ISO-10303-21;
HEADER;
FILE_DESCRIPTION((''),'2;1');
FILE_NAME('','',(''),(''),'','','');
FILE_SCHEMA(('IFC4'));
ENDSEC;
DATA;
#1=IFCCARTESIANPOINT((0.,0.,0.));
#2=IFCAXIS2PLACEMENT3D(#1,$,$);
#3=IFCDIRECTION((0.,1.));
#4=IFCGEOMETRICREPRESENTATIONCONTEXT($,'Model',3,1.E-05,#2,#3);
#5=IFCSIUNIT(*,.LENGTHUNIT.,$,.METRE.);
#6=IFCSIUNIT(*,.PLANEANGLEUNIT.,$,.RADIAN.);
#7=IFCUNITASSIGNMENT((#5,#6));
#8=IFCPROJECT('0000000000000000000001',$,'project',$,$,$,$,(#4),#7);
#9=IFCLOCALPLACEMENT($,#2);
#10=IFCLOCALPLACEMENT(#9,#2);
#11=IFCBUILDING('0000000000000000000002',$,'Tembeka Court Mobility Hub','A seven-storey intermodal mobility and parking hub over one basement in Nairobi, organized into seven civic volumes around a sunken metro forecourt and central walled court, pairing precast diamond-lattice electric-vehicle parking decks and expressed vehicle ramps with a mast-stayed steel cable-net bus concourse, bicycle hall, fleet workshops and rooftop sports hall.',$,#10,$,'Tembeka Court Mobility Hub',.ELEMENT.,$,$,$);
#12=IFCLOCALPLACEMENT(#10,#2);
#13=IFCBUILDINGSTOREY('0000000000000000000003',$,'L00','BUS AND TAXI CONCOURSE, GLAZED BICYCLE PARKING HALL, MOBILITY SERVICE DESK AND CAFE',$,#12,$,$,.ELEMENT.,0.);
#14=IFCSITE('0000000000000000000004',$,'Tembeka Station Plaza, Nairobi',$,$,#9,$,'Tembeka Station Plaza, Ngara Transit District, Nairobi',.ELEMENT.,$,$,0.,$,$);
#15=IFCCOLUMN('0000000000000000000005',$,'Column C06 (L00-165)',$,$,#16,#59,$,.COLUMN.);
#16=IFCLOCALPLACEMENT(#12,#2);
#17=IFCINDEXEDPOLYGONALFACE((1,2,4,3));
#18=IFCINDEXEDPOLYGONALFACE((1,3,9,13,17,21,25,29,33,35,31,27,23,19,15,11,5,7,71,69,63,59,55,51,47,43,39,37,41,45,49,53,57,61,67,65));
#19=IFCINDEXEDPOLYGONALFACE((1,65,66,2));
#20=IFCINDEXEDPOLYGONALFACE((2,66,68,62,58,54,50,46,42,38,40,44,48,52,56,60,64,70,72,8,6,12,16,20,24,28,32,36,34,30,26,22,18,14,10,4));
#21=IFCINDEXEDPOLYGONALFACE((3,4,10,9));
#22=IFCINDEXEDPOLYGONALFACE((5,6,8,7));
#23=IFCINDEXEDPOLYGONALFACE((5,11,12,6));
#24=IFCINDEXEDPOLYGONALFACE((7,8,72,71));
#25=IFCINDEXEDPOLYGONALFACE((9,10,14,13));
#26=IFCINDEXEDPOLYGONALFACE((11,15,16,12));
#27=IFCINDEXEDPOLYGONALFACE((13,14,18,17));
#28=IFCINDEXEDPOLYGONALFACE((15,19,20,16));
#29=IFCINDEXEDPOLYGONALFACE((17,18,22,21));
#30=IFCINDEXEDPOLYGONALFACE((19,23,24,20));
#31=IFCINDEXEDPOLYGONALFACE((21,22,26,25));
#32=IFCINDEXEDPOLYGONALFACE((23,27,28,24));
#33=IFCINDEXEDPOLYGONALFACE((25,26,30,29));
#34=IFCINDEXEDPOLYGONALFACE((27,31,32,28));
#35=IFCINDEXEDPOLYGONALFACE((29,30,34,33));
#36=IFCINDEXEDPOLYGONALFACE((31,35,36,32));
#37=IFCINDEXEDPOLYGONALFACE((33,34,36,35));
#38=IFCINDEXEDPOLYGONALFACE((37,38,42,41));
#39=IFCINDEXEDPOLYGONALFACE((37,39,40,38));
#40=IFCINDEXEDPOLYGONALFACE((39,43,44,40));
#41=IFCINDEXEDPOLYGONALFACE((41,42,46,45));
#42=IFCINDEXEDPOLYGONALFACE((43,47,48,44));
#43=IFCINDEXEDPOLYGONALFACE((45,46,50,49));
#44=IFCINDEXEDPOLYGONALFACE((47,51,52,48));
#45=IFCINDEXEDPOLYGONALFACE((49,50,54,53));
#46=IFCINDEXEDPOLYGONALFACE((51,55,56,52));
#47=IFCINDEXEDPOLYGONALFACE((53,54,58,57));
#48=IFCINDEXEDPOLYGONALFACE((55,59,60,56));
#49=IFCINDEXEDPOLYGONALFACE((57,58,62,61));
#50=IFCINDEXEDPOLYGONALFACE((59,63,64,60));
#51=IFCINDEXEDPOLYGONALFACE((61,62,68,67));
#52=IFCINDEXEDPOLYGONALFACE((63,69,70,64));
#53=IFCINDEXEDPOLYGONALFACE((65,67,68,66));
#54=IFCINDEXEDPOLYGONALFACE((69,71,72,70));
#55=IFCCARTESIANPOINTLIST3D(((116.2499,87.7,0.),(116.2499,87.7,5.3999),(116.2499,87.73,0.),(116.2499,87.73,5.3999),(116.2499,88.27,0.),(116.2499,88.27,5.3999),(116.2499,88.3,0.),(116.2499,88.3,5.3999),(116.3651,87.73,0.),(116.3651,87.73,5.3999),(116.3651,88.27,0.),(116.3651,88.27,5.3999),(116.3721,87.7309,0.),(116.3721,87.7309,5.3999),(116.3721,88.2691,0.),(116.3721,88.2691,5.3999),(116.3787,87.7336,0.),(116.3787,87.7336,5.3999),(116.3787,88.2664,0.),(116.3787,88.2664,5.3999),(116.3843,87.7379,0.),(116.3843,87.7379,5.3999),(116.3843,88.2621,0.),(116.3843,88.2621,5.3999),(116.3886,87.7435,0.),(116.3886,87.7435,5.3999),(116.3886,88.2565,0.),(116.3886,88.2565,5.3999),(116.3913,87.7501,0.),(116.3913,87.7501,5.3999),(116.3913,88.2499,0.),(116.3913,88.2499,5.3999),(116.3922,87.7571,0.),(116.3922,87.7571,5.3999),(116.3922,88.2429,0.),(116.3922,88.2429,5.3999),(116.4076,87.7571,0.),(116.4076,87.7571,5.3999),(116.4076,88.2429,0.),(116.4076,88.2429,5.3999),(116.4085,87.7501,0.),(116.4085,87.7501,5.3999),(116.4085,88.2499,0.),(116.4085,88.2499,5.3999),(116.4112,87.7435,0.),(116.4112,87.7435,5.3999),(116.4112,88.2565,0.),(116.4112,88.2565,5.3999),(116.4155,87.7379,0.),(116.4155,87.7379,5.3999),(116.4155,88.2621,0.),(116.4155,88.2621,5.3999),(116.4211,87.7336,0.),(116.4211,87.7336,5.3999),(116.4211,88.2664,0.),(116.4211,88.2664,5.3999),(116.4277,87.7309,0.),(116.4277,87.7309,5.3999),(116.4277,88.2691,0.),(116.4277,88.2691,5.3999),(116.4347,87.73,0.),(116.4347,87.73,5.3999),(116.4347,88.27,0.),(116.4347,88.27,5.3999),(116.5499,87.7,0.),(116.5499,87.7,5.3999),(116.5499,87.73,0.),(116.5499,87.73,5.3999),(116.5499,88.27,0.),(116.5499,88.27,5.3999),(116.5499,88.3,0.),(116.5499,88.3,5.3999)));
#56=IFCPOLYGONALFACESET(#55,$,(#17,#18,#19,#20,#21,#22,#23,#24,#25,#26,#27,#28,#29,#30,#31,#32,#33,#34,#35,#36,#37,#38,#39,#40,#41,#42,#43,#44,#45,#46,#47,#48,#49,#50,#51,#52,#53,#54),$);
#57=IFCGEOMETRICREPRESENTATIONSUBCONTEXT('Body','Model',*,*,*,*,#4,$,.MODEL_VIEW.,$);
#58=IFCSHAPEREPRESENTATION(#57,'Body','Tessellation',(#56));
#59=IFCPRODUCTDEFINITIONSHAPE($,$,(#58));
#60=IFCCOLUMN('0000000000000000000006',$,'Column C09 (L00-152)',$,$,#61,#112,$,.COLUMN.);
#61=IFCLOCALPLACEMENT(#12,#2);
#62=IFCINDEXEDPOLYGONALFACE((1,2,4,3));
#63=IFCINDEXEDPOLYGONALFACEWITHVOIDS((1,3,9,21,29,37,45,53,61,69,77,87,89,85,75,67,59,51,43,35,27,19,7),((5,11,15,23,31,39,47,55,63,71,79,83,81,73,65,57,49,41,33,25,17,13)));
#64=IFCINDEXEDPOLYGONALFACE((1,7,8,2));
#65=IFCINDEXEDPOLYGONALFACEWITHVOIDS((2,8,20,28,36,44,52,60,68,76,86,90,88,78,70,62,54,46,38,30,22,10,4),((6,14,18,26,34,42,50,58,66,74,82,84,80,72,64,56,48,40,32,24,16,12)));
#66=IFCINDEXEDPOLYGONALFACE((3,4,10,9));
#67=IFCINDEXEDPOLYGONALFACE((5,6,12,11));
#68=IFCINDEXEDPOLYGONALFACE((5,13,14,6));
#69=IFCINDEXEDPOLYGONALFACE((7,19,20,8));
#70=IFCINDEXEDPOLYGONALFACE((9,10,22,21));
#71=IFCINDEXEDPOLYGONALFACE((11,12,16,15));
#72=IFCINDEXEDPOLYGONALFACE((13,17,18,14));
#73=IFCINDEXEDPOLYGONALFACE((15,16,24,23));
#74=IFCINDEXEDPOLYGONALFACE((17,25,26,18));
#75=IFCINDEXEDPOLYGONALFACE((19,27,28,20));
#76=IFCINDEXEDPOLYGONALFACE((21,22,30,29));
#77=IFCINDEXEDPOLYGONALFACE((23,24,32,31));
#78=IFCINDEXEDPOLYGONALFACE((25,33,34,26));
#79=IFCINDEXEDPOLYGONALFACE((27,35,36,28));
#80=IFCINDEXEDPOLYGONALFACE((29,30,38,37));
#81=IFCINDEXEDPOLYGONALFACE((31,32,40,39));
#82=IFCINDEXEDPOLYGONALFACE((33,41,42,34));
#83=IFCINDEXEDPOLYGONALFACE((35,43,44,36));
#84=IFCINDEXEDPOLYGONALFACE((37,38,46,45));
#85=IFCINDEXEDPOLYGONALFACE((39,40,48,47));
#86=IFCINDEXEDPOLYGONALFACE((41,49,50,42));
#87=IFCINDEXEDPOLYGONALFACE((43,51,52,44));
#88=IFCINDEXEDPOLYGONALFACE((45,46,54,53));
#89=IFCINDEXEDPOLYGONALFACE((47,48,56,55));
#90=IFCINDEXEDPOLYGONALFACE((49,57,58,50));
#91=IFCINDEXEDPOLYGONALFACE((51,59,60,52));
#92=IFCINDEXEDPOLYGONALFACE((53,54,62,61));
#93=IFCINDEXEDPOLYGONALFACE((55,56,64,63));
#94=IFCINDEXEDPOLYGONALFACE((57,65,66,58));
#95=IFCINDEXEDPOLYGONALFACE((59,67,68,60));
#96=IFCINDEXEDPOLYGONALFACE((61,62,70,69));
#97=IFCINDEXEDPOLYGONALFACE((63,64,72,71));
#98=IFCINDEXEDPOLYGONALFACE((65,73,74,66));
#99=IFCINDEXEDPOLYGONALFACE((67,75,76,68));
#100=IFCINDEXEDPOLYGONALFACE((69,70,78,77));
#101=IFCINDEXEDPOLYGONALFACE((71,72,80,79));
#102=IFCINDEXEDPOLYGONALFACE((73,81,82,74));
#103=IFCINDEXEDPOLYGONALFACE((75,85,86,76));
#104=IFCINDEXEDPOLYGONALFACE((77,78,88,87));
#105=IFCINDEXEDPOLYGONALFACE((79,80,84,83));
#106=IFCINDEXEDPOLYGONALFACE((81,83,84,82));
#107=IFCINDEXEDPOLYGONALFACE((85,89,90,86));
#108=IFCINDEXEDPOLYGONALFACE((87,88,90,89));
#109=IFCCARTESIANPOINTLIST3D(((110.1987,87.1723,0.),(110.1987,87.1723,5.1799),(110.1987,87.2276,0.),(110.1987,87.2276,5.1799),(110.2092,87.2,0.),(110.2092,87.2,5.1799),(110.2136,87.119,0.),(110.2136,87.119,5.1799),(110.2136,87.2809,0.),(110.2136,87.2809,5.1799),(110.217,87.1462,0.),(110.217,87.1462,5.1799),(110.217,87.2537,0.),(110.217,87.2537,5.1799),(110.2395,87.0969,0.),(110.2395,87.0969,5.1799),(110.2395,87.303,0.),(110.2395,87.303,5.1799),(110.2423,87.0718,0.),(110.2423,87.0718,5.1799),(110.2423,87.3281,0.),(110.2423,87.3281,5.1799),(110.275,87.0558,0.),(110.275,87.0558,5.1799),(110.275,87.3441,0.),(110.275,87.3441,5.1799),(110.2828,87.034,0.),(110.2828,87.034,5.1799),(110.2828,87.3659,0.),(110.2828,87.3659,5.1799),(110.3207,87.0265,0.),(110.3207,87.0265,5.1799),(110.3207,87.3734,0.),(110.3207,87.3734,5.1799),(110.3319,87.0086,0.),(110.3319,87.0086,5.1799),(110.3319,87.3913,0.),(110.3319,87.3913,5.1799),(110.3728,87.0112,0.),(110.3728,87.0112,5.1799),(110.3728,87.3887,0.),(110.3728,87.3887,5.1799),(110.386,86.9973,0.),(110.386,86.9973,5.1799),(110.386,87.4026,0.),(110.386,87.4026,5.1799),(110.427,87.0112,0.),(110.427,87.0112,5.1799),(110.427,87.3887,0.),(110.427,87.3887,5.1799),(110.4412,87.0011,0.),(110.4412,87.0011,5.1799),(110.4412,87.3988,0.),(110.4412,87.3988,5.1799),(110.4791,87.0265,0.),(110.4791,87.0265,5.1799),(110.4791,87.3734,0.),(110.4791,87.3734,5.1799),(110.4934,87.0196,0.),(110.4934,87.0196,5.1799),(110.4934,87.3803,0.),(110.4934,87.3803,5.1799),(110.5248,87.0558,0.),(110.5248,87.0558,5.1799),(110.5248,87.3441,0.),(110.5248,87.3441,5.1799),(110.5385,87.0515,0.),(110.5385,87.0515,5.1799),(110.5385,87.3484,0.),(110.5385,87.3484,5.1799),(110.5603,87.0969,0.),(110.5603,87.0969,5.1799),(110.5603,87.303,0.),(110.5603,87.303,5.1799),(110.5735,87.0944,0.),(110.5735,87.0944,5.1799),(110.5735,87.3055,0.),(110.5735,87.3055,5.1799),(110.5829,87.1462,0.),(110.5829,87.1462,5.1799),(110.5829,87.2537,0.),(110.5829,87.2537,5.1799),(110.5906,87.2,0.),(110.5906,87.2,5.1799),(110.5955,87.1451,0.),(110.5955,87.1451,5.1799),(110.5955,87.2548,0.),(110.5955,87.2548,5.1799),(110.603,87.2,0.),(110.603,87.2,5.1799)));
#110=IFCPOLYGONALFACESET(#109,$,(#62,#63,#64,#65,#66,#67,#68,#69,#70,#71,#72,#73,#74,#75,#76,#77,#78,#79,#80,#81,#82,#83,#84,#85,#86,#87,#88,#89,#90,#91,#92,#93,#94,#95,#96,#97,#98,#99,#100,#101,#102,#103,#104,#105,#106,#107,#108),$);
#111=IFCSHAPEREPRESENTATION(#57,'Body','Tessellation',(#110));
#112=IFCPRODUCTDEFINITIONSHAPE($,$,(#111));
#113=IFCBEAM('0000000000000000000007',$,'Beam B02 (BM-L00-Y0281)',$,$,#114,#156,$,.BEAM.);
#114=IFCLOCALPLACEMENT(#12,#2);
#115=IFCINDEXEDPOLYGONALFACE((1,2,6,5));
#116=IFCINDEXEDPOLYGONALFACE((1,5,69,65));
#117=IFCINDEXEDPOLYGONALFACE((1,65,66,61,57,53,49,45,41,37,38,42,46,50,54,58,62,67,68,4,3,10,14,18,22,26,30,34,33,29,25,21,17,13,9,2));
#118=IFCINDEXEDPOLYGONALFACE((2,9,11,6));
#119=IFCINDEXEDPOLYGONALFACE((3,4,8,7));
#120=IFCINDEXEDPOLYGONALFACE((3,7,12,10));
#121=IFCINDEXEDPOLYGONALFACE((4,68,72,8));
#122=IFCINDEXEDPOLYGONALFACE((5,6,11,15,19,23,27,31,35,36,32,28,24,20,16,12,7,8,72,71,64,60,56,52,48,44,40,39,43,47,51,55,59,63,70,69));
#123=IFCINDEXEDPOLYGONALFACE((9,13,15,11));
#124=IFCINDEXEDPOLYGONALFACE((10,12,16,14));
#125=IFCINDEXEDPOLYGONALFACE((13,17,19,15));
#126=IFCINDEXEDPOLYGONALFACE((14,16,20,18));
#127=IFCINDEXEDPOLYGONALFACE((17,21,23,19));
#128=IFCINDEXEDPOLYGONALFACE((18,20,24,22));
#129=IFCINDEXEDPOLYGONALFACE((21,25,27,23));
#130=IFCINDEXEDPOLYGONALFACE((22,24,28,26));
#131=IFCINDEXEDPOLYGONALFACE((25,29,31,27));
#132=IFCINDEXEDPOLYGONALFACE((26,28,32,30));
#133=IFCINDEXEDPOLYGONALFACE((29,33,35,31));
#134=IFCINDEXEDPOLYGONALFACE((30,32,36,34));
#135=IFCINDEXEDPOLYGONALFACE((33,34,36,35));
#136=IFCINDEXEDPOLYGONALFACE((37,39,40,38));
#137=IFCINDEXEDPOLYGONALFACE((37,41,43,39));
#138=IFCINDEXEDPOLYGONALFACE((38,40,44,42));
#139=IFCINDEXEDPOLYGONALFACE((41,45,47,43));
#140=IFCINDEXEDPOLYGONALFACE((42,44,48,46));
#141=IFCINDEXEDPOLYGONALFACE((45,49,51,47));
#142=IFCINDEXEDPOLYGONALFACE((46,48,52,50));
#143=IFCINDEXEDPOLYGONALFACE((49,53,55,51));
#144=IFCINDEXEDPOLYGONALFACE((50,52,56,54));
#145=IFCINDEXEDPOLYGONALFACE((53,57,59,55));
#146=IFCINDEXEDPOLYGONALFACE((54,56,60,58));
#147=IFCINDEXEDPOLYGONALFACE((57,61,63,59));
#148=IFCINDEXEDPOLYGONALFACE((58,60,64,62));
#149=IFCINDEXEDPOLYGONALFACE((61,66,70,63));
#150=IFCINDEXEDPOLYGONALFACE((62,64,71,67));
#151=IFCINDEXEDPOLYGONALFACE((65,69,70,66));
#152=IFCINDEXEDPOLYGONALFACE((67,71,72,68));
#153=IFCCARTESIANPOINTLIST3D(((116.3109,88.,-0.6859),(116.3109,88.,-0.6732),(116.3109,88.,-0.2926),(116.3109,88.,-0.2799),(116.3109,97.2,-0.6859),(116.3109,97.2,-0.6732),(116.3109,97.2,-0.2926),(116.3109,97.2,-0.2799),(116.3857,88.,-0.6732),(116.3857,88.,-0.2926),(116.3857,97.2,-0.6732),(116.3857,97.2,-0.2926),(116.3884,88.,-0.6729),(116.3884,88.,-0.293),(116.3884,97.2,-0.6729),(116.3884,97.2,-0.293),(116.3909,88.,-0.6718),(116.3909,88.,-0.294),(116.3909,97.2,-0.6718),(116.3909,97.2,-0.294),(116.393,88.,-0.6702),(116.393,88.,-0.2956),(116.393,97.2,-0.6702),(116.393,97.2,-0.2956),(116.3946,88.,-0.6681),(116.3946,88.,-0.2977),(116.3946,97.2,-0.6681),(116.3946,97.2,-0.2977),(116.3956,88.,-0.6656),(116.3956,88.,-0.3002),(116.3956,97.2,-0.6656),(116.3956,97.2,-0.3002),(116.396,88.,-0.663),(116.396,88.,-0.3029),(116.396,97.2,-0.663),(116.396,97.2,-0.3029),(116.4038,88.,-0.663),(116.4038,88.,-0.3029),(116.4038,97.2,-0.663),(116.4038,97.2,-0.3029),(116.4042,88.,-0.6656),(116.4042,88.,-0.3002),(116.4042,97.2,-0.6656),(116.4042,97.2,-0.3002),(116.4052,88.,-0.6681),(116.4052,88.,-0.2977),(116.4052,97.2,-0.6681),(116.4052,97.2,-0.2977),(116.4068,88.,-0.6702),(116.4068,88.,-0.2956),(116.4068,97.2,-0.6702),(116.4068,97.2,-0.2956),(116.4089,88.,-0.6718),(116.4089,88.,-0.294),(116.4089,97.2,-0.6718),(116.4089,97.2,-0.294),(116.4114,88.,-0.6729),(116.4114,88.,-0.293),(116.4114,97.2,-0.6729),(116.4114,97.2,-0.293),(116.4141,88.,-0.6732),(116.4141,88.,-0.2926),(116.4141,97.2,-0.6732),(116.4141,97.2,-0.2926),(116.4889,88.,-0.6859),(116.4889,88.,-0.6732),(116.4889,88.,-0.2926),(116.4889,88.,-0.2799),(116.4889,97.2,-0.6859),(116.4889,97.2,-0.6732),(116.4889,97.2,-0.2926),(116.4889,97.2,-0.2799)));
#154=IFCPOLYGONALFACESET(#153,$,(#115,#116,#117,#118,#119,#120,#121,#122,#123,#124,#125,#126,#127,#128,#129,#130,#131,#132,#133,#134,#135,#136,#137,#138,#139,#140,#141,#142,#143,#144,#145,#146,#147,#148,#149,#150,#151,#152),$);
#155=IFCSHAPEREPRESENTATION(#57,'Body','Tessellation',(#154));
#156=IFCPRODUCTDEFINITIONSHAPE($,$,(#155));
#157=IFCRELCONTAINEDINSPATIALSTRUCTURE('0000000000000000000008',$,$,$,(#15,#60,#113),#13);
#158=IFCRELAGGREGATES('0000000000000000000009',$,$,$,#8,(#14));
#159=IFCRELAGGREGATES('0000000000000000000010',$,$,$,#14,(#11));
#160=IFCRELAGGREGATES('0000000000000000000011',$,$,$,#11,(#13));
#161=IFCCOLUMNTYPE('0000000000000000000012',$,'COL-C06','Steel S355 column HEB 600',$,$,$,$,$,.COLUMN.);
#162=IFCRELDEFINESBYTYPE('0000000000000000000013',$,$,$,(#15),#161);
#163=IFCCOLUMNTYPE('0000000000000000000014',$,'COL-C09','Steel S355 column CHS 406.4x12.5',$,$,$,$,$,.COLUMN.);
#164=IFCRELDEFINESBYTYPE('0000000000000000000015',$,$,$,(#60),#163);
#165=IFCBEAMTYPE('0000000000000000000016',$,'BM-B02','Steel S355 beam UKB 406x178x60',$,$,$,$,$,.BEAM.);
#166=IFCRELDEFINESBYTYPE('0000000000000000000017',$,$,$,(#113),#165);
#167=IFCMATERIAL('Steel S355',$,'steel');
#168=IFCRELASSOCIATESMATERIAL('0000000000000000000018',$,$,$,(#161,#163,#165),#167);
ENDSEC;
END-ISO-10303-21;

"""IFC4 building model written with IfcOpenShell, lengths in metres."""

from ifc_helpers import new_model, si_unit, direction, frame, origin, origin_2d, place, context, subcontext, project, spatial, hollow_circle, i_section, extrude, material, material_profile, profile_set, type_object, element, save


model = new_model("IFC4")

# Units and contexts
model_context = context("Model", 3, precision=1e-05, world=origin(), true_north=direction((0.0, 1.0)))
body_context = subcontext(model_context, "Body", "Model", "MODEL_VIEW")
ifc_project = project(units=[si_unit("LENGTHUNIT", "METRE"), si_unit("PLANEANGLEUNIT", "RADIAN")], contexts=[model_context])

# Site, building, storey
site_placement = place(None, origin())
site = spatial("IfcSite", under=ifc_project, at=site_placement, Name="Tembeka Station Plaza, Nairobi", LongName="Tembeka Station Plaza, Ngara Transit District, Nairobi", CompositionType="ELEMENT", RefElevation=0.0)
building_placement = place(site_placement, origin())
building = spatial("IfcBuilding", under=site, at=building_placement, Name="Tembeka Court Mobility Hub", Description="A seven-storey intermodal mobility and parking hub over one basement in Nairobi, organized into seven civic volumes around a sunken metro forecourt and central walled court, pairing precast diamond-lattice electric-vehicle parking decks and expressed vehicle ramps with a mast-stayed steel cable-net bus concourse, bicycle hall, fleet workshops and rooftop sports hall.", LongName="Tembeka Court Mobility Hub", CompositionType="ELEMENT")
storey_placement = place(building_placement, origin())
storey = spatial("IfcBuildingStorey", under=building, at=storey_placement, Name="L00", Description="BUS AND TAXI CONCOURSE, GLAZED BICYCLE PARKING HALL, MOBILITY SERVICE DESK AND CAFE", CompositionType="ELEMENT", Elevation=0.0)

# Columns
ifc_material_1 = material(Name="Steel S355", Category="steel")
ifc_material_profile_1 = material_profile(ifc_material_1, i_section(OverallWidth=0.3, OverallDepth=0.6001, WebThickness=0.0154, FlangeThickness=0.03, FilletRadius=0.0271, at=origin_2d()), Name="HEB 600")
ifc_profile_set_1 = profile_set([ifc_material_profile_1], Name="Steel S355")
column_type_1 = type_object("IfcColumnType", Name="COL-C06", Description="Steel S355 column HEB 600", PredefinedType="COLUMN", material=ifc_profile_set_1)
column_1_placement = place(storey_placement, frame((116.3999, 88.0, 0.0), z_axis=(0.0, 0.0, 1.0), x_axis=(1.0, 0.0, 0.0)))
element("IfcColumn", 1, at=column_1_placement, inside=storey, type_object=column_type_1, Name="Column C06 (L00-165)", PredefinedType="COLUMN", context=body_context, shape_type="SweptSolid", body=[
    extrude(i_section(OverallWidth=0.3, OverallDepth=0.6001, WebThickness=0.0154, FlangeThickness=0.03, FilletRadius=0.0271, at=origin_2d()), origin(), (0.0, 0.0, 1.0), 5.3999),
])
ifc_material_profile_2 = material_profile(ifc_material_1, hollow_circle(Radius=0.2031, WallThickness=0.0125, at=origin_2d()), Name="CHS 406.4x12.5")
ifc_profile_set_2 = profile_set([ifc_material_profile_2], Name="Steel S355")
column_type_2 = type_object("IfcColumnType", Name="COL-C09", Description="Steel S355 column CHS 406.4x12.5", PredefinedType="COLUMN", material=ifc_profile_set_2)
column_2_placement = place(storey_placement, frame((110.3999, 87.2, 0.0), z_axis=(0.0, 0.0, 1.0), x_axis=(1.0, 0.0, 0.0)))
element("IfcColumn", 2, at=column_2_placement, inside=storey, type_object=column_type_2, Name="Column C09 (L00-152)", PredefinedType="COLUMN", context=body_context, shape_type="SweptSolid", body=[
    extrude(hollow_circle(Radius=0.2031, WallThickness=0.0125, at=origin_2d()), origin(), (0.0, 0.0, 1.0), 5.1799),
])

# Beam
ifc_material_profile_3 = material_profile(ifc_material_1, i_section(OverallWidth=0.178, OverallDepth=0.406, WebThickness=0.0078, FlangeThickness=0.0127, FilletRadius=0.0103, at=origin_2d()), Name="UKB 406x178x60")
ifc_profile_set_3 = profile_set([ifc_material_profile_3], Name="Steel S355")
beam_type_1 = type_object("IfcBeamType", Name="BM-B02", Description="Steel S355 beam UKB 406x178x60", PredefinedType="BEAM", material=ifc_profile_set_3)
beam_1_placement = place(storey_placement, frame((116.3999, 88.0, -0.4829), z_axis=(0.0, 1.0, 0.0), x_axis=(-1.0, 0.0, 0.0)))
element("IfcBeam", 3, at=beam_1_placement, inside=storey, type_object=beam_type_1, Name="Beam B02 (BM-L00-Y0281)", PredefinedType="BEAM", context=body_context, shape_type="SweptSolid", body=[
    extrude(i_section(OverallWidth=0.178, OverallDepth=0.406, WebThickness=0.0078, FlangeThickness=0.0127, FilletRadius=0.0103, at=origin_2d()), origin(), (0.0, 0.0, 1.0), 9.2),
])

save(model, "model.ifc")
